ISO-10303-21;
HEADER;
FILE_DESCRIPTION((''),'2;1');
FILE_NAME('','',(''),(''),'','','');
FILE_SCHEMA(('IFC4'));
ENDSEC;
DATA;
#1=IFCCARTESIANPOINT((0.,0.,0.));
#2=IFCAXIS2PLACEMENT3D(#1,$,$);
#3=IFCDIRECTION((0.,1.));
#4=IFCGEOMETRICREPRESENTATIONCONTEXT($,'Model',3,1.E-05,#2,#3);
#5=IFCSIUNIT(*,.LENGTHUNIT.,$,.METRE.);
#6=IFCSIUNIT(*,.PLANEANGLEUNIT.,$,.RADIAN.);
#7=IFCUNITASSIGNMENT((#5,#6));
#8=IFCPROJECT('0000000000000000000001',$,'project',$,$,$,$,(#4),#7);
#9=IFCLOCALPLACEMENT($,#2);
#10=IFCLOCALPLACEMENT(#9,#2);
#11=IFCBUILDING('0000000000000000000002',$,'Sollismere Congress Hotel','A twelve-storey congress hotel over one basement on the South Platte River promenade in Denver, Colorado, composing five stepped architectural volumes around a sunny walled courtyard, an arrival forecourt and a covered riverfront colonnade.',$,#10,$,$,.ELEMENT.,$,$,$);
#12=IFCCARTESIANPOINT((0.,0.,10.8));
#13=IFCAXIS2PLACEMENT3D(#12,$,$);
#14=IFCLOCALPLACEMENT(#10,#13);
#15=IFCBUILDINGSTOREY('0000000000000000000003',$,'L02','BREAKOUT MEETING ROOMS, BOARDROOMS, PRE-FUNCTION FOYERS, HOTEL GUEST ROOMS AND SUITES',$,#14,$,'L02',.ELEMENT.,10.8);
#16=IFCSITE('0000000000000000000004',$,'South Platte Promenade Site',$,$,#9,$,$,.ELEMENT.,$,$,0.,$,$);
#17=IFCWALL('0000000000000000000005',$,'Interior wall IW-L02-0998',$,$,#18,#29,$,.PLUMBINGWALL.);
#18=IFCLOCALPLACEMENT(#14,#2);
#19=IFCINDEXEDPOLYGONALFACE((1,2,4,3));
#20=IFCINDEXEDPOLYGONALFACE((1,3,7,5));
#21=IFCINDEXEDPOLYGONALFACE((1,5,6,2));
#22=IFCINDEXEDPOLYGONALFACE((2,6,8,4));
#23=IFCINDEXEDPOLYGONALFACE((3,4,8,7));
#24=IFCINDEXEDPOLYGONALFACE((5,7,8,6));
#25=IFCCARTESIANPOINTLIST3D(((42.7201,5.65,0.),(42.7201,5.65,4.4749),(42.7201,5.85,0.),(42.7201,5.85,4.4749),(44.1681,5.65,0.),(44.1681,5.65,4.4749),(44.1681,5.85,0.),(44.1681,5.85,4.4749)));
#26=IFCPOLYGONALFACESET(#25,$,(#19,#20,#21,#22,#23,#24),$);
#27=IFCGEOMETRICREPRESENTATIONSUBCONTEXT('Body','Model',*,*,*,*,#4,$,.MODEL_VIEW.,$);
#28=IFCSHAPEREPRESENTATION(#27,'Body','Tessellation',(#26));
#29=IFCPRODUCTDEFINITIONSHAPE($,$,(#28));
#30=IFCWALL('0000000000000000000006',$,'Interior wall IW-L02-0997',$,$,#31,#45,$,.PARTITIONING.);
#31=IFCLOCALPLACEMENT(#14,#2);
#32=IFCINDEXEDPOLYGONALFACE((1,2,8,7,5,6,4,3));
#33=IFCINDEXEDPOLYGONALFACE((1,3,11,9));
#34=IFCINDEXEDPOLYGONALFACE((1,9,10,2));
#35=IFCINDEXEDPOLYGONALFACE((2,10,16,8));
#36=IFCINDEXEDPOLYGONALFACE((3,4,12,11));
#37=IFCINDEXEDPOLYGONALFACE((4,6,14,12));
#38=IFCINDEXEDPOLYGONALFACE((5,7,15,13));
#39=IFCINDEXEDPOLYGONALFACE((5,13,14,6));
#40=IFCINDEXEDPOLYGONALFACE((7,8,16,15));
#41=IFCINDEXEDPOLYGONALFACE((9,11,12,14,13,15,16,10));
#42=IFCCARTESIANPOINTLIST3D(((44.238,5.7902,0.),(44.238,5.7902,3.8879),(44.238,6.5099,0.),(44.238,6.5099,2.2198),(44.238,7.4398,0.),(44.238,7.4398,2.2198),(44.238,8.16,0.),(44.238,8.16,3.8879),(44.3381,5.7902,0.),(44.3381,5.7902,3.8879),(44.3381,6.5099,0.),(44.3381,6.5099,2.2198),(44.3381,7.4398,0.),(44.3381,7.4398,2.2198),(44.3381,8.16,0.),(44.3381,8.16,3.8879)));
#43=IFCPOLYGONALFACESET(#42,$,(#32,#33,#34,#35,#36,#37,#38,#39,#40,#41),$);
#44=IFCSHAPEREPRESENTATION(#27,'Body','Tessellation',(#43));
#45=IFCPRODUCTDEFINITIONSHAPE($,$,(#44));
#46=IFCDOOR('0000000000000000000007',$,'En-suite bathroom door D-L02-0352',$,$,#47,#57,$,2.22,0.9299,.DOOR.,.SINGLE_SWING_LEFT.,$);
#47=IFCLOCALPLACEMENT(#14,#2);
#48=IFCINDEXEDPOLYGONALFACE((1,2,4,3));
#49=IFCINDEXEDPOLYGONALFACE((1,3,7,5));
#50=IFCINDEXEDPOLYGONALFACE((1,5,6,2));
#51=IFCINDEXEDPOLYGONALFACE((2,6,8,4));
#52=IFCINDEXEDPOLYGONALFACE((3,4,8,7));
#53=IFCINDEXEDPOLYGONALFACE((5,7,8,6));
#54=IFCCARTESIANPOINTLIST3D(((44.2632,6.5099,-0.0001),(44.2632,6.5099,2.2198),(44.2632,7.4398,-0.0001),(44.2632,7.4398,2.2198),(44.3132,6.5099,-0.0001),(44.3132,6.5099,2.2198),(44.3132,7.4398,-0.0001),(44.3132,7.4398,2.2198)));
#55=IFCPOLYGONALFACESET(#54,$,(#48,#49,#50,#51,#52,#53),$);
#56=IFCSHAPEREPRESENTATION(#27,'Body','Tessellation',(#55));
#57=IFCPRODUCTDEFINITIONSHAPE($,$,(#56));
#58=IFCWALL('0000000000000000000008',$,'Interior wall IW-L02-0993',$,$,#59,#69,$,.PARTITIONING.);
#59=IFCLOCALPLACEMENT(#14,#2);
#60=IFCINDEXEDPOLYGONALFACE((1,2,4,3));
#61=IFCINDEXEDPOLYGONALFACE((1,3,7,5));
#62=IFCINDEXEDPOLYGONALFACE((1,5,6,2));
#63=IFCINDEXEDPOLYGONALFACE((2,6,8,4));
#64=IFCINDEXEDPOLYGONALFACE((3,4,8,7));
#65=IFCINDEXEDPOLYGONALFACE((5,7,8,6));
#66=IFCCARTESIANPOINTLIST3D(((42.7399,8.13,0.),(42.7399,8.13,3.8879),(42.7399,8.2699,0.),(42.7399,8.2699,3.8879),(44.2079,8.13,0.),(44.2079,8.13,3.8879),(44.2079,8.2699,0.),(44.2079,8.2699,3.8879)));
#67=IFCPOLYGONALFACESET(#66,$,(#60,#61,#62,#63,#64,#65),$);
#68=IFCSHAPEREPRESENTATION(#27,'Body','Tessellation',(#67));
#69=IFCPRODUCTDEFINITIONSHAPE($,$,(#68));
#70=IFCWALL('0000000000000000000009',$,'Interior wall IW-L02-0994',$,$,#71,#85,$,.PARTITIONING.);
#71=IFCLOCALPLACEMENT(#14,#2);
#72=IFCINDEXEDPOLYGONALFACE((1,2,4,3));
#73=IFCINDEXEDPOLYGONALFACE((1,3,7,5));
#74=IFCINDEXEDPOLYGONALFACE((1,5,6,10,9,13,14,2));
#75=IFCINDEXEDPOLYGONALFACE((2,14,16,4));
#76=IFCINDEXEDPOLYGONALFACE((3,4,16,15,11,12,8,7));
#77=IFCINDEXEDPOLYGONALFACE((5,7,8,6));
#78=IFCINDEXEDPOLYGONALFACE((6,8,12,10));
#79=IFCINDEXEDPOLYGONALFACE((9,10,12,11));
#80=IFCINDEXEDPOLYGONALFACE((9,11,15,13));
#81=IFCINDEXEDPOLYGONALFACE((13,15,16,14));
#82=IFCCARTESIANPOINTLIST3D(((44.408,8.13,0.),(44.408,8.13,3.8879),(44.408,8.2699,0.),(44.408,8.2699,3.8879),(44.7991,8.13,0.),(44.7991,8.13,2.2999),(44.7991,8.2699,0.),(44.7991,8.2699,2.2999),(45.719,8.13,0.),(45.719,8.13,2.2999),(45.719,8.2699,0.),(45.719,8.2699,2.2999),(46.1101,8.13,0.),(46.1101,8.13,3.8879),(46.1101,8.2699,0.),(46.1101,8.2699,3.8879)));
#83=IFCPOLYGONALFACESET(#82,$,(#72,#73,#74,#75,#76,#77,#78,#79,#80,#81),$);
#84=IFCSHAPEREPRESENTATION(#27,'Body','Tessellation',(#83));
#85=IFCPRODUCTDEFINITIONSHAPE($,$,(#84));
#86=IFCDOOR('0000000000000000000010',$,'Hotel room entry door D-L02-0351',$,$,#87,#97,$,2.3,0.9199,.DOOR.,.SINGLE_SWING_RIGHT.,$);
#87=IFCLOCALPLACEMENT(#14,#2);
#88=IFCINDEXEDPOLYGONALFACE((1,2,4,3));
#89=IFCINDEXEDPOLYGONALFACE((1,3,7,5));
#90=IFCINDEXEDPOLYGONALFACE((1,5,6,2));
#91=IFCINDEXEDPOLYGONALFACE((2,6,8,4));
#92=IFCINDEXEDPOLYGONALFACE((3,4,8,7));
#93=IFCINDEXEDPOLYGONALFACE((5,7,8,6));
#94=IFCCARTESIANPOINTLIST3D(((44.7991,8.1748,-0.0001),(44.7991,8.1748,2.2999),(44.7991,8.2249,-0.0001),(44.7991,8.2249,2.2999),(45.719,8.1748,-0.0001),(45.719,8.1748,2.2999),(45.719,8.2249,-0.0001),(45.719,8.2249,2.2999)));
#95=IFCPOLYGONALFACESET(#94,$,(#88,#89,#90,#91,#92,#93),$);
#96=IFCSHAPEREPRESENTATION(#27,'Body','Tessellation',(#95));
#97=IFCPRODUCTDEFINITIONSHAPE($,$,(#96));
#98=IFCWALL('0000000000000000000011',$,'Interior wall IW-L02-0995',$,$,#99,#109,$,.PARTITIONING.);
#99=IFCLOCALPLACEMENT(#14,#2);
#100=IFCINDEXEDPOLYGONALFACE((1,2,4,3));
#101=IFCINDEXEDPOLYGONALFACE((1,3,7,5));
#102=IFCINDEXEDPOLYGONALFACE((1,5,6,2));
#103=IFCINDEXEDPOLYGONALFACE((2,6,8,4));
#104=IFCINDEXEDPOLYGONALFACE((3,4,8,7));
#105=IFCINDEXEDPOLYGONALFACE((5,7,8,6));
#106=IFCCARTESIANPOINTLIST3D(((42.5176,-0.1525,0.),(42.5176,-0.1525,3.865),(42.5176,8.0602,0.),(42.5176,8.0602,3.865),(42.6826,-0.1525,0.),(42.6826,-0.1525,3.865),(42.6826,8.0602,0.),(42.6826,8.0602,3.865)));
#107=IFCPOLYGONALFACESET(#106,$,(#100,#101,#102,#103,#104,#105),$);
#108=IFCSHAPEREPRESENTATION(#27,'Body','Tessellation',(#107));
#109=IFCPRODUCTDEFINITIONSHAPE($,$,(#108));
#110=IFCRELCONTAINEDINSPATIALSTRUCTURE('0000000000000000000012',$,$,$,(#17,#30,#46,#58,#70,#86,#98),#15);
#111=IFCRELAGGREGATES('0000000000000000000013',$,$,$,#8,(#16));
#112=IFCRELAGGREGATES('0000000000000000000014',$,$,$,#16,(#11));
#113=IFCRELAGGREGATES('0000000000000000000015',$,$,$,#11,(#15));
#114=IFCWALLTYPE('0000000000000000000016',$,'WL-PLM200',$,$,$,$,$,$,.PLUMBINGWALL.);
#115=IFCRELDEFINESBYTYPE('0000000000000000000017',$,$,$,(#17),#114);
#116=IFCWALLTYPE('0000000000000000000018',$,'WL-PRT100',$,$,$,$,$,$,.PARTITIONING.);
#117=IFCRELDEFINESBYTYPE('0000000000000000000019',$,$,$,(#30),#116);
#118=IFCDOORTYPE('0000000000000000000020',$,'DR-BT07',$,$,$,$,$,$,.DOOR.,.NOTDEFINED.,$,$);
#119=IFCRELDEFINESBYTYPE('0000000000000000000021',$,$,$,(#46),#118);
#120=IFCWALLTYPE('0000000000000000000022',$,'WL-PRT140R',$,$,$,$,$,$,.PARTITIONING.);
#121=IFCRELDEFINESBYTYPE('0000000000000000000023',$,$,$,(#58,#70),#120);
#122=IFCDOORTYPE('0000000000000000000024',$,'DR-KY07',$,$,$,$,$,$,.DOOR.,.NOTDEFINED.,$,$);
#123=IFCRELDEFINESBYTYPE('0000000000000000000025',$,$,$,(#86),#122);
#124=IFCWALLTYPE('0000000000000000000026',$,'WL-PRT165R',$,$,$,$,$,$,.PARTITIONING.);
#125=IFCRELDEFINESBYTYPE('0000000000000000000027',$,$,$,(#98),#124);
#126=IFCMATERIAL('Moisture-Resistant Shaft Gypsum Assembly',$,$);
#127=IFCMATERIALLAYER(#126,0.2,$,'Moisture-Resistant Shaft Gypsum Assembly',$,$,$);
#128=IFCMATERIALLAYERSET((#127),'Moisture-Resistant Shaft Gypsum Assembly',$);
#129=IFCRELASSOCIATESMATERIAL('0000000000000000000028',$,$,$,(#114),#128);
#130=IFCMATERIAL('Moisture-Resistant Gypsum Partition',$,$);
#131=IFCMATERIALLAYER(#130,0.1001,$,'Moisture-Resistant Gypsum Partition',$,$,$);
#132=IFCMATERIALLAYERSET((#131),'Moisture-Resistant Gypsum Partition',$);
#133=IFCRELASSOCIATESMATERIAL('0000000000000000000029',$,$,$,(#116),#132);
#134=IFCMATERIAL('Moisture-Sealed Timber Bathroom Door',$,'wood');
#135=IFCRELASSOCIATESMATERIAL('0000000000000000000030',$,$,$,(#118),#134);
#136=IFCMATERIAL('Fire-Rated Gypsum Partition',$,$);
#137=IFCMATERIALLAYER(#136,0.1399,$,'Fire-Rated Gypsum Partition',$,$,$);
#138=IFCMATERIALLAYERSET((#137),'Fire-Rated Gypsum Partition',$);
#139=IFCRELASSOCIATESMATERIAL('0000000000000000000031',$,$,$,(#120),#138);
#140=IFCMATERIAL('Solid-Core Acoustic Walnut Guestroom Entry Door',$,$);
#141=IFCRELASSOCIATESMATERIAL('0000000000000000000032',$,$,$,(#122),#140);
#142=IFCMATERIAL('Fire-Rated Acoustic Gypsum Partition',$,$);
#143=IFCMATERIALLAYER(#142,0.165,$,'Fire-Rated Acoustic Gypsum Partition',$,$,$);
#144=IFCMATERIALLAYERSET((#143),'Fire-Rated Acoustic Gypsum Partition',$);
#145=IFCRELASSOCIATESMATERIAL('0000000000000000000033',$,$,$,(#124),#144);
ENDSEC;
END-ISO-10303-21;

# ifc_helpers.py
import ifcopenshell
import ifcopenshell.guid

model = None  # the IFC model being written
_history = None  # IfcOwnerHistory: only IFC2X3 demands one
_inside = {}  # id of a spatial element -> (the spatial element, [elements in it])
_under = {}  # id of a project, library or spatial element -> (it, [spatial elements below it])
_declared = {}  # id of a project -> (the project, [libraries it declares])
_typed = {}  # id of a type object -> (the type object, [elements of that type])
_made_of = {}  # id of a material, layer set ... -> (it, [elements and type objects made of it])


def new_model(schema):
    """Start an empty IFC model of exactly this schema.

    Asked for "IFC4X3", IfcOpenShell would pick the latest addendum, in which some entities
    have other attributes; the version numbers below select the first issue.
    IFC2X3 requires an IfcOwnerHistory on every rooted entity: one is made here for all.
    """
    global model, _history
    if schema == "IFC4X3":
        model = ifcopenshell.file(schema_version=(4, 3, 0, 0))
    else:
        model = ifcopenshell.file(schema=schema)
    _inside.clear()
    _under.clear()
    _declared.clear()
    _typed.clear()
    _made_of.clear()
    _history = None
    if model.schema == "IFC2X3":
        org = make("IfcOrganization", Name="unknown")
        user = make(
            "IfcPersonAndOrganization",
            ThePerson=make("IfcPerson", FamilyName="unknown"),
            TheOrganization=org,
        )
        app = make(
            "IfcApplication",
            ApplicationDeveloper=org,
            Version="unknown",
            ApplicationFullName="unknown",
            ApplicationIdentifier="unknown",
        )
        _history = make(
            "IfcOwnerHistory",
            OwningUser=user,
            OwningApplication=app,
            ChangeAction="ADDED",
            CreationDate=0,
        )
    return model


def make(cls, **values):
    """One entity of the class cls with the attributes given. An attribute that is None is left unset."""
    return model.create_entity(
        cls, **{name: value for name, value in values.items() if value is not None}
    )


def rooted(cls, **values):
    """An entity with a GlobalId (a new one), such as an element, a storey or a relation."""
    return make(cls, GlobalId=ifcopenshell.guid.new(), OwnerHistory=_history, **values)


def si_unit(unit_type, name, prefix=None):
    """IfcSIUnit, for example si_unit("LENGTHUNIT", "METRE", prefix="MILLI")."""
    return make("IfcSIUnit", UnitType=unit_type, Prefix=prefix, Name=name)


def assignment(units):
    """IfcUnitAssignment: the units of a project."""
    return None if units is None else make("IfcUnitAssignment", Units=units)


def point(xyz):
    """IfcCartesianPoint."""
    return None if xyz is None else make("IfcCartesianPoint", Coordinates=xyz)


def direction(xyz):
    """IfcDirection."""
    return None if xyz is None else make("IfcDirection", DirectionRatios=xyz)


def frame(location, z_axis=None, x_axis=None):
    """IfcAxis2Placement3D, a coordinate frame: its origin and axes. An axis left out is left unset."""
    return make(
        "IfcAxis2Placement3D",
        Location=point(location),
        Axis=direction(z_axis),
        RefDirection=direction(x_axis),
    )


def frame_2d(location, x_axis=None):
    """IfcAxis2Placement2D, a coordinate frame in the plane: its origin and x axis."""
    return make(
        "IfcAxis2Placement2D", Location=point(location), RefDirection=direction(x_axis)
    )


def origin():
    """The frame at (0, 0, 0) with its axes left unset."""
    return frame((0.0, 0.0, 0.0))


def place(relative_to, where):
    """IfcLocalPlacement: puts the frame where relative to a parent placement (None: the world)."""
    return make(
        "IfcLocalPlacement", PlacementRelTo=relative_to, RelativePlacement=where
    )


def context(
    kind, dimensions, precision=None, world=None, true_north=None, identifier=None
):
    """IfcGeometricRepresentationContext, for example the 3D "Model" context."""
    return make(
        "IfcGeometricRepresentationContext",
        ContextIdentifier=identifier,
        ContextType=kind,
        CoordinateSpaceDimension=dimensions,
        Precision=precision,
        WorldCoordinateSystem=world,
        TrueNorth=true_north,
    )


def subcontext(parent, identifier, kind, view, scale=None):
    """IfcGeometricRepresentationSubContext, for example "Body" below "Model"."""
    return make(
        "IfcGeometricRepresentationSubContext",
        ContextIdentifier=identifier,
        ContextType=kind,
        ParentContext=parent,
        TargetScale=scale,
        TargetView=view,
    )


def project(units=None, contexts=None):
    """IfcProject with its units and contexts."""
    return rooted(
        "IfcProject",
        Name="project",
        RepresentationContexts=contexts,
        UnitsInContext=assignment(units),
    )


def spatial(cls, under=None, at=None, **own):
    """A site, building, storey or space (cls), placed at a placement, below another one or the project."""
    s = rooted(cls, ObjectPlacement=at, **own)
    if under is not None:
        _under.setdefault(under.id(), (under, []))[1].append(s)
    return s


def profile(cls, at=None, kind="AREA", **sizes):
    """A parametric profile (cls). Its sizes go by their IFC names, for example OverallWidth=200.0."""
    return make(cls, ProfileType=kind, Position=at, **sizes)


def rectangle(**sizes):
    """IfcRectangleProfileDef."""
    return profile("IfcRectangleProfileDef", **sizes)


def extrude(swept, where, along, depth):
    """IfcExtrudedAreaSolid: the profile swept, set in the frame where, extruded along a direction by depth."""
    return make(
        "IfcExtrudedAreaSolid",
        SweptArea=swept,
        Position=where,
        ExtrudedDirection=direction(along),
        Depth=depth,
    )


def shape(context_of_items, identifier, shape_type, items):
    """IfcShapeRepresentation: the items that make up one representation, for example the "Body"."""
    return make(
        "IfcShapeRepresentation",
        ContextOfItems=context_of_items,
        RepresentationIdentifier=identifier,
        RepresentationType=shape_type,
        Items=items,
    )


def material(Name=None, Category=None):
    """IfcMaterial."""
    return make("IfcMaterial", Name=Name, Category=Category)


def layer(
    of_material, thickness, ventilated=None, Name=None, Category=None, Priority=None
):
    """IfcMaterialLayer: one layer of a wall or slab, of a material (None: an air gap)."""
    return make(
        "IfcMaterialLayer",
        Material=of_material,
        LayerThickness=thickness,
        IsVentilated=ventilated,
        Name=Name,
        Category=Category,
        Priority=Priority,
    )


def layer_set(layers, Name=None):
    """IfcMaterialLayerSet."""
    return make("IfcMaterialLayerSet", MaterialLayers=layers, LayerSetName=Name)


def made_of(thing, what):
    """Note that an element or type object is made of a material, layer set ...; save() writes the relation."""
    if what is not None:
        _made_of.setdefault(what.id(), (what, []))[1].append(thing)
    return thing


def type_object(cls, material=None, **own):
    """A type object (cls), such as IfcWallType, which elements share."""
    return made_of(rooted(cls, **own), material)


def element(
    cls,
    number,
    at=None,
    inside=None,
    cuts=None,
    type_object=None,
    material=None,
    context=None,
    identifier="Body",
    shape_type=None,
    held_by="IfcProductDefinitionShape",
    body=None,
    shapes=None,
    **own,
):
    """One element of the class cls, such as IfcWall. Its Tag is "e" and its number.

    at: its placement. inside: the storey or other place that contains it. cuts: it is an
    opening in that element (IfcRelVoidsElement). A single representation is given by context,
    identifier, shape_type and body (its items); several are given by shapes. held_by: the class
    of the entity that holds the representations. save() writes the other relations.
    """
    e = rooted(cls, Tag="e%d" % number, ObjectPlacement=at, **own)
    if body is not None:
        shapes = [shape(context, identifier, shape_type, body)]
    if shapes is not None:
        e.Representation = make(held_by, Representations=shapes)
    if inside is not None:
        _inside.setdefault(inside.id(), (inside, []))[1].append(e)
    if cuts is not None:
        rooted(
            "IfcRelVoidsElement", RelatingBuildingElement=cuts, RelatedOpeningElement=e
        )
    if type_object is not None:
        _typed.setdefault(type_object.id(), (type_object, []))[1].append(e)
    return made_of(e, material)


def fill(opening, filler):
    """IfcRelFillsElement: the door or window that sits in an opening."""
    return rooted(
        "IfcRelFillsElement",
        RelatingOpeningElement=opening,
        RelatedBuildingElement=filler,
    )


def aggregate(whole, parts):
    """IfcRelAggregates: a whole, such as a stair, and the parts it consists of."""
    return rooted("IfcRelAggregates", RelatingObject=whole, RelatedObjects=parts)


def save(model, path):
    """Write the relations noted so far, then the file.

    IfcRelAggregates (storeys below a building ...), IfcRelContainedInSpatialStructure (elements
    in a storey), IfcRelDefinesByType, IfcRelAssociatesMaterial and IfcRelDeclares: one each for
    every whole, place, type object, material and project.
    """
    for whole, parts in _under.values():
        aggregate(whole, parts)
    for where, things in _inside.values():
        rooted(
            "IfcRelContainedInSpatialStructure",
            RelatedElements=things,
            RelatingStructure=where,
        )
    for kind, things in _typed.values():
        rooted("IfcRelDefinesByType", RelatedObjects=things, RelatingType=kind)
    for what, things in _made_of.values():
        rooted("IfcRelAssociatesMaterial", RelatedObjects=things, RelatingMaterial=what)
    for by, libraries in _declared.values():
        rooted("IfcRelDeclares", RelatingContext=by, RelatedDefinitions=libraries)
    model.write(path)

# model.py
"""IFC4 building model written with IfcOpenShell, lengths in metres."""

from ifc_helpers import new_model, si_unit, direction, frame, frame_2d, origin, place, context, subcontext, project, spatial, rectangle, extrude, material, layer, layer_set, type_object, element, fill, save


model = new_model("IFC4")

# Units and contexts
model_context = context("Model", 3, precision=1e-05, world=origin(), true_north=direction((0.0, 1.0)))
body_context = subcontext(model_context, "Body", "Model", "MODEL_VIEW")
ifc_project = project(units=[si_unit("LENGTHUNIT", "METRE"), si_unit("PLANEANGLEUNIT", "RADIAN")], contexts=[model_context])

# Site, building, storey
site_placement = place(None, origin())
site = spatial("IfcSite", under=ifc_project, at=site_placement, Name="South Platte Promenade Site", CompositionType="ELEMENT", RefElevation=0.0)
building_placement = place(site_placement, origin())
building = spatial("IfcBuilding", under=site, at=building_placement, Name="Sollismere Congress Hotel", Description="A twelve-storey congress hotel over one basement on the South Platte River promenade in Denver, Colorado, composing five stepped architectural volumes around a sunny walled courtyard, an arrival forecourt and a covered riverfront colonnade.", CompositionType="ELEMENT")
storey_placement = place(building_placement, frame((0.0, 0.0, 10.8)))
storey = spatial("IfcBuildingStorey", under=building, at=storey_placement, Name="L02", Description="BREAKOUT MEETING ROOMS, BOARDROOMS, PRE-FUNCTION FOYERS, HOTEL GUEST ROOMS AND SUITES", LongName="L02", CompositionType="ELEMENT", Elevation=10.8)

# Wall
ifc_material_1 = material(Name="Moisture-Resistant Shaft Gypsum Assembly")
ifc_layer_1 = layer(ifc_material_1, 0.2, Name="Moisture-Resistant Shaft Gypsum Assembly")
ifc_layer_set_1 = layer_set([ifc_layer_1], Name="Moisture-Resistant Shaft Gypsum Assembly")
wall_type_1 = type_object("IfcWallType", Name="WL-PLM200", PredefinedType="PLUMBINGWALL", material=ifc_layer_set_1)
wall_1_placement = place(storey_placement, frame((42.72, 5.75, 0.0), z_axis=(0.0, 0.0, 1.0), x_axis=(1.0, 0.0, 0.0)))
element("IfcWall", 1, at=wall_1_placement, inside=storey, type_object=wall_type_1, Name="Interior wall IW-L02-0998", PredefinedType="PLUMBINGWALL", context=body_context, shape_type="SweptSolid", body=[
    extrude(rectangle(XDim=1.448, YDim=0.2, at=frame_2d((0.7241, 0.0))), origin(), (0.0, 0.0, 1.0), 4.4749),
])

# Wall, opening, door
ifc_material_2 = material(Name="Moisture-Resistant Gypsum Partition")
ifc_layer_2 = layer(ifc_material_2, 0.1001, Name="Moisture-Resistant Gypsum Partition")
ifc_layer_set_2 = layer_set([ifc_layer_2], Name="Moisture-Resistant Gypsum Partition")
wall_type_2 = type_object("IfcWallType", Name="WL-PRT100", PredefinedType="PARTITIONING", material=ifc_layer_set_2)
wall_2_placement = place(storey_placement, frame((44.2881, 5.79, 0.0), z_axis=(0.0, 0.0, 1.0), x_axis=(0.0, 1.0, 0.0)))
wall_2 = element("IfcWall", 2, at=wall_2_placement, inside=storey, type_object=wall_type_2, Name="Interior wall IW-L02-0997", PredefinedType="PARTITIONING", context=body_context, shape_type="SweptSolid", body=[
    extrude(rectangle(XDim=2.3699, YDim=0.1001, at=frame_2d((1.1851, 0.0))), origin(), (0.0, 0.0, 1.0), 3.8879),
])
opening_1_placement = place(wall_2_placement, frame((0.72, 0.0, 0.0)))
opening_1 = element("IfcOpeningElement", 3, at=opening_1_placement, cuts=wall_2, PredefinedType="OPENING", context=body_context, shape_type="SweptSolid", body=[
    extrude(rectangle(XDim=0.9299, YDim=2.22, at=frame_2d((0.4648, 1.1099))), frame((0.0, 0.0601, 0.0), z_axis=(0.0, -1.0, 0.0), x_axis=(1.0, 0.0, 0.0)), (0.0, 0.0, 1.0), 0.1201),
])
ifc_material_3 = material(Name="Moisture-Sealed Timber Bathroom Door", Category="wood")
door_type_1 = type_object("IfcDoorType", Name="DR-BT07", OperationType="NOTDEFINED", PredefinedType="DOOR", material=ifc_material_3)
door_1_placement = place(opening_1_placement, origin())
door_1 = element("IfcDoor", 4, at=door_1_placement, inside=storey, type_object=door_type_1, Name="En-suite bathroom door D-L02-0352", OperationType="SINGLE_SWING_LEFT", OverallHeight=2.22, OverallWidth=0.9299, PredefinedType="DOOR", context=body_context, shape_type="SweptSolid", body=[
    extrude(rectangle(XDim=0.9299, YDim=2.22, at=frame_2d((0.4648, 1.1099))), frame((0.0, 0.0249, 0.0), z_axis=(0.0, -1.0, 0.0), x_axis=(1.0, 0.0, 0.0)), (0.0, 0.0, 1.0), 0.05),
])
fill(opening_1, door_1)

# Wall
ifc_material_4 = material(Name="Fire-Rated Gypsum Partition")
ifc_layer_3 = layer(ifc_material_4, 0.1399, Name="Fire-Rated Gypsum Partition")
ifc_layer_set_3 = layer_set([ifc_layer_3], Name="Fire-Rated Gypsum Partition")
wall_type_3 = type_object("IfcWallType", Name="WL-PRT140R", PredefinedType="PARTITIONING", material=ifc_layer_set_3)
wall_3_placement = place(storey_placement, frame((42.74, 8.2, 0.0), z_axis=(0.0, 0.0, 1.0), x_axis=(1.0, 0.0, 0.0)))
element("IfcWall", 5, at=wall_3_placement, inside=storey, type_object=wall_type_3, Name="Interior wall IW-L02-0993", PredefinedType="PARTITIONING", context=body_context, shape_type="SweptSolid", body=[
    extrude(rectangle(XDim=1.468, YDim=0.1399, at=frame_2d((0.7339, 0.0))), origin(), (0.0, 0.0, 1.0), 3.8879),
])

# Wall, opening, door
wall_4_placement = place(storey_placement, frame((44.408, 8.2, 0.0), z_axis=(0.0, 0.0, 1.0), x_axis=(1.0, 0.0, 0.0)))
wall_4 = element("IfcWall", 6, at=wall_4_placement, inside=storey, type_object=wall_type_3, Name="Interior wall IW-L02-0994", PredefinedType="PARTITIONING", context=body_context, shape_type="SweptSolid", body=[
    extrude(rectangle(XDim=1.7021, YDim=0.1399, at=frame_2d((0.8511, 0.0))), origin(), (0.0, 0.0, 1.0), 3.8879),
])
opening_2_placement = place(wall_4_placement, frame((0.3911, 0.0, 0.0)))
opening_2 = element("IfcOpeningElement", 7, at=opening_2_placement, cuts=wall_4, PredefinedType="OPENING", context=body_context, shape_type="SweptSolid", body=[
    extrude(rectangle(XDim=0.9199, YDim=2.3, at=frame_2d((0.46, 1.1499))), frame((0.0, 0.0798, 0.0), z_axis=(0.0, -1.0, 0.0), x_axis=(1.0, 0.0, 0.0)), (0.0, 0.0, 1.0), 0.1599),
])
ifc_material_5 = material(Name="Solid-Core Acoustic Walnut Guestroom Entry Door")
door_type_2 = type_object("IfcDoorType", Name="DR-KY07", OperationType="NOTDEFINED", PredefinedType="DOOR", material=ifc_material_5)
door_2_placement = place(opening_2_placement, origin())
door_2 = element("IfcDoor", 8, at=door_2_placement, inside=storey, type_object=door_type_2, Name="Hotel room entry door D-L02-0351", OperationType="SINGLE_SWING_RIGHT", OverallHeight=2.3, OverallWidth=0.9199, PredefinedType="DOOR", context=body_context, shape_type="SweptSolid", body=[
    extrude(rectangle(XDim=0.9199, YDim=2.3, at=frame_2d((0.46, 1.1499))), frame((0.0, 0.0249, 0.0), z_axis=(0.0, -1.0, 0.0), x_axis=(1.0, 0.0, 0.0)), (0.0, 0.0, 1.0), 0.05),
])
fill(opening_2, door_2)

# Wall
ifc_material_6 = material(Name="Fire-Rated Acoustic Gypsum Partition")
ifc_layer_4 = layer(ifc_material_6, 0.165, Name="Fire-Rated Acoustic Gypsum Partition")
ifc_layer_set_4 = layer_set([ifc_layer_4], Name="Fire-Rated Acoustic Gypsum Partition")
wall_type_4 = type_object("IfcWallType", Name="WL-PRT165R", PredefinedType="PARTITIONING", material=ifc_layer_set_4)
wall_5_placement = place(storey_placement, frame((42.6001, -0.1526, 0.0), z_axis=(0.0, 0.0, 1.0), x_axis=(0.0, 1.0, 0.0)))
element("IfcWall", 9, at=wall_5_placement, inside=storey, type_object=wall_type_4, Name="Interior wall IW-L02-0995", PredefinedType="PARTITIONING", context=body_context, shape_type="SweptSolid", body=[
    extrude(rectangle(XDim=8.2126, YDim=0.165, at=frame_2d((4.1064, 0.0))), origin(), (0.0, 0.0, 1.0), 3.865),
])

save(model, "model.ifc")
